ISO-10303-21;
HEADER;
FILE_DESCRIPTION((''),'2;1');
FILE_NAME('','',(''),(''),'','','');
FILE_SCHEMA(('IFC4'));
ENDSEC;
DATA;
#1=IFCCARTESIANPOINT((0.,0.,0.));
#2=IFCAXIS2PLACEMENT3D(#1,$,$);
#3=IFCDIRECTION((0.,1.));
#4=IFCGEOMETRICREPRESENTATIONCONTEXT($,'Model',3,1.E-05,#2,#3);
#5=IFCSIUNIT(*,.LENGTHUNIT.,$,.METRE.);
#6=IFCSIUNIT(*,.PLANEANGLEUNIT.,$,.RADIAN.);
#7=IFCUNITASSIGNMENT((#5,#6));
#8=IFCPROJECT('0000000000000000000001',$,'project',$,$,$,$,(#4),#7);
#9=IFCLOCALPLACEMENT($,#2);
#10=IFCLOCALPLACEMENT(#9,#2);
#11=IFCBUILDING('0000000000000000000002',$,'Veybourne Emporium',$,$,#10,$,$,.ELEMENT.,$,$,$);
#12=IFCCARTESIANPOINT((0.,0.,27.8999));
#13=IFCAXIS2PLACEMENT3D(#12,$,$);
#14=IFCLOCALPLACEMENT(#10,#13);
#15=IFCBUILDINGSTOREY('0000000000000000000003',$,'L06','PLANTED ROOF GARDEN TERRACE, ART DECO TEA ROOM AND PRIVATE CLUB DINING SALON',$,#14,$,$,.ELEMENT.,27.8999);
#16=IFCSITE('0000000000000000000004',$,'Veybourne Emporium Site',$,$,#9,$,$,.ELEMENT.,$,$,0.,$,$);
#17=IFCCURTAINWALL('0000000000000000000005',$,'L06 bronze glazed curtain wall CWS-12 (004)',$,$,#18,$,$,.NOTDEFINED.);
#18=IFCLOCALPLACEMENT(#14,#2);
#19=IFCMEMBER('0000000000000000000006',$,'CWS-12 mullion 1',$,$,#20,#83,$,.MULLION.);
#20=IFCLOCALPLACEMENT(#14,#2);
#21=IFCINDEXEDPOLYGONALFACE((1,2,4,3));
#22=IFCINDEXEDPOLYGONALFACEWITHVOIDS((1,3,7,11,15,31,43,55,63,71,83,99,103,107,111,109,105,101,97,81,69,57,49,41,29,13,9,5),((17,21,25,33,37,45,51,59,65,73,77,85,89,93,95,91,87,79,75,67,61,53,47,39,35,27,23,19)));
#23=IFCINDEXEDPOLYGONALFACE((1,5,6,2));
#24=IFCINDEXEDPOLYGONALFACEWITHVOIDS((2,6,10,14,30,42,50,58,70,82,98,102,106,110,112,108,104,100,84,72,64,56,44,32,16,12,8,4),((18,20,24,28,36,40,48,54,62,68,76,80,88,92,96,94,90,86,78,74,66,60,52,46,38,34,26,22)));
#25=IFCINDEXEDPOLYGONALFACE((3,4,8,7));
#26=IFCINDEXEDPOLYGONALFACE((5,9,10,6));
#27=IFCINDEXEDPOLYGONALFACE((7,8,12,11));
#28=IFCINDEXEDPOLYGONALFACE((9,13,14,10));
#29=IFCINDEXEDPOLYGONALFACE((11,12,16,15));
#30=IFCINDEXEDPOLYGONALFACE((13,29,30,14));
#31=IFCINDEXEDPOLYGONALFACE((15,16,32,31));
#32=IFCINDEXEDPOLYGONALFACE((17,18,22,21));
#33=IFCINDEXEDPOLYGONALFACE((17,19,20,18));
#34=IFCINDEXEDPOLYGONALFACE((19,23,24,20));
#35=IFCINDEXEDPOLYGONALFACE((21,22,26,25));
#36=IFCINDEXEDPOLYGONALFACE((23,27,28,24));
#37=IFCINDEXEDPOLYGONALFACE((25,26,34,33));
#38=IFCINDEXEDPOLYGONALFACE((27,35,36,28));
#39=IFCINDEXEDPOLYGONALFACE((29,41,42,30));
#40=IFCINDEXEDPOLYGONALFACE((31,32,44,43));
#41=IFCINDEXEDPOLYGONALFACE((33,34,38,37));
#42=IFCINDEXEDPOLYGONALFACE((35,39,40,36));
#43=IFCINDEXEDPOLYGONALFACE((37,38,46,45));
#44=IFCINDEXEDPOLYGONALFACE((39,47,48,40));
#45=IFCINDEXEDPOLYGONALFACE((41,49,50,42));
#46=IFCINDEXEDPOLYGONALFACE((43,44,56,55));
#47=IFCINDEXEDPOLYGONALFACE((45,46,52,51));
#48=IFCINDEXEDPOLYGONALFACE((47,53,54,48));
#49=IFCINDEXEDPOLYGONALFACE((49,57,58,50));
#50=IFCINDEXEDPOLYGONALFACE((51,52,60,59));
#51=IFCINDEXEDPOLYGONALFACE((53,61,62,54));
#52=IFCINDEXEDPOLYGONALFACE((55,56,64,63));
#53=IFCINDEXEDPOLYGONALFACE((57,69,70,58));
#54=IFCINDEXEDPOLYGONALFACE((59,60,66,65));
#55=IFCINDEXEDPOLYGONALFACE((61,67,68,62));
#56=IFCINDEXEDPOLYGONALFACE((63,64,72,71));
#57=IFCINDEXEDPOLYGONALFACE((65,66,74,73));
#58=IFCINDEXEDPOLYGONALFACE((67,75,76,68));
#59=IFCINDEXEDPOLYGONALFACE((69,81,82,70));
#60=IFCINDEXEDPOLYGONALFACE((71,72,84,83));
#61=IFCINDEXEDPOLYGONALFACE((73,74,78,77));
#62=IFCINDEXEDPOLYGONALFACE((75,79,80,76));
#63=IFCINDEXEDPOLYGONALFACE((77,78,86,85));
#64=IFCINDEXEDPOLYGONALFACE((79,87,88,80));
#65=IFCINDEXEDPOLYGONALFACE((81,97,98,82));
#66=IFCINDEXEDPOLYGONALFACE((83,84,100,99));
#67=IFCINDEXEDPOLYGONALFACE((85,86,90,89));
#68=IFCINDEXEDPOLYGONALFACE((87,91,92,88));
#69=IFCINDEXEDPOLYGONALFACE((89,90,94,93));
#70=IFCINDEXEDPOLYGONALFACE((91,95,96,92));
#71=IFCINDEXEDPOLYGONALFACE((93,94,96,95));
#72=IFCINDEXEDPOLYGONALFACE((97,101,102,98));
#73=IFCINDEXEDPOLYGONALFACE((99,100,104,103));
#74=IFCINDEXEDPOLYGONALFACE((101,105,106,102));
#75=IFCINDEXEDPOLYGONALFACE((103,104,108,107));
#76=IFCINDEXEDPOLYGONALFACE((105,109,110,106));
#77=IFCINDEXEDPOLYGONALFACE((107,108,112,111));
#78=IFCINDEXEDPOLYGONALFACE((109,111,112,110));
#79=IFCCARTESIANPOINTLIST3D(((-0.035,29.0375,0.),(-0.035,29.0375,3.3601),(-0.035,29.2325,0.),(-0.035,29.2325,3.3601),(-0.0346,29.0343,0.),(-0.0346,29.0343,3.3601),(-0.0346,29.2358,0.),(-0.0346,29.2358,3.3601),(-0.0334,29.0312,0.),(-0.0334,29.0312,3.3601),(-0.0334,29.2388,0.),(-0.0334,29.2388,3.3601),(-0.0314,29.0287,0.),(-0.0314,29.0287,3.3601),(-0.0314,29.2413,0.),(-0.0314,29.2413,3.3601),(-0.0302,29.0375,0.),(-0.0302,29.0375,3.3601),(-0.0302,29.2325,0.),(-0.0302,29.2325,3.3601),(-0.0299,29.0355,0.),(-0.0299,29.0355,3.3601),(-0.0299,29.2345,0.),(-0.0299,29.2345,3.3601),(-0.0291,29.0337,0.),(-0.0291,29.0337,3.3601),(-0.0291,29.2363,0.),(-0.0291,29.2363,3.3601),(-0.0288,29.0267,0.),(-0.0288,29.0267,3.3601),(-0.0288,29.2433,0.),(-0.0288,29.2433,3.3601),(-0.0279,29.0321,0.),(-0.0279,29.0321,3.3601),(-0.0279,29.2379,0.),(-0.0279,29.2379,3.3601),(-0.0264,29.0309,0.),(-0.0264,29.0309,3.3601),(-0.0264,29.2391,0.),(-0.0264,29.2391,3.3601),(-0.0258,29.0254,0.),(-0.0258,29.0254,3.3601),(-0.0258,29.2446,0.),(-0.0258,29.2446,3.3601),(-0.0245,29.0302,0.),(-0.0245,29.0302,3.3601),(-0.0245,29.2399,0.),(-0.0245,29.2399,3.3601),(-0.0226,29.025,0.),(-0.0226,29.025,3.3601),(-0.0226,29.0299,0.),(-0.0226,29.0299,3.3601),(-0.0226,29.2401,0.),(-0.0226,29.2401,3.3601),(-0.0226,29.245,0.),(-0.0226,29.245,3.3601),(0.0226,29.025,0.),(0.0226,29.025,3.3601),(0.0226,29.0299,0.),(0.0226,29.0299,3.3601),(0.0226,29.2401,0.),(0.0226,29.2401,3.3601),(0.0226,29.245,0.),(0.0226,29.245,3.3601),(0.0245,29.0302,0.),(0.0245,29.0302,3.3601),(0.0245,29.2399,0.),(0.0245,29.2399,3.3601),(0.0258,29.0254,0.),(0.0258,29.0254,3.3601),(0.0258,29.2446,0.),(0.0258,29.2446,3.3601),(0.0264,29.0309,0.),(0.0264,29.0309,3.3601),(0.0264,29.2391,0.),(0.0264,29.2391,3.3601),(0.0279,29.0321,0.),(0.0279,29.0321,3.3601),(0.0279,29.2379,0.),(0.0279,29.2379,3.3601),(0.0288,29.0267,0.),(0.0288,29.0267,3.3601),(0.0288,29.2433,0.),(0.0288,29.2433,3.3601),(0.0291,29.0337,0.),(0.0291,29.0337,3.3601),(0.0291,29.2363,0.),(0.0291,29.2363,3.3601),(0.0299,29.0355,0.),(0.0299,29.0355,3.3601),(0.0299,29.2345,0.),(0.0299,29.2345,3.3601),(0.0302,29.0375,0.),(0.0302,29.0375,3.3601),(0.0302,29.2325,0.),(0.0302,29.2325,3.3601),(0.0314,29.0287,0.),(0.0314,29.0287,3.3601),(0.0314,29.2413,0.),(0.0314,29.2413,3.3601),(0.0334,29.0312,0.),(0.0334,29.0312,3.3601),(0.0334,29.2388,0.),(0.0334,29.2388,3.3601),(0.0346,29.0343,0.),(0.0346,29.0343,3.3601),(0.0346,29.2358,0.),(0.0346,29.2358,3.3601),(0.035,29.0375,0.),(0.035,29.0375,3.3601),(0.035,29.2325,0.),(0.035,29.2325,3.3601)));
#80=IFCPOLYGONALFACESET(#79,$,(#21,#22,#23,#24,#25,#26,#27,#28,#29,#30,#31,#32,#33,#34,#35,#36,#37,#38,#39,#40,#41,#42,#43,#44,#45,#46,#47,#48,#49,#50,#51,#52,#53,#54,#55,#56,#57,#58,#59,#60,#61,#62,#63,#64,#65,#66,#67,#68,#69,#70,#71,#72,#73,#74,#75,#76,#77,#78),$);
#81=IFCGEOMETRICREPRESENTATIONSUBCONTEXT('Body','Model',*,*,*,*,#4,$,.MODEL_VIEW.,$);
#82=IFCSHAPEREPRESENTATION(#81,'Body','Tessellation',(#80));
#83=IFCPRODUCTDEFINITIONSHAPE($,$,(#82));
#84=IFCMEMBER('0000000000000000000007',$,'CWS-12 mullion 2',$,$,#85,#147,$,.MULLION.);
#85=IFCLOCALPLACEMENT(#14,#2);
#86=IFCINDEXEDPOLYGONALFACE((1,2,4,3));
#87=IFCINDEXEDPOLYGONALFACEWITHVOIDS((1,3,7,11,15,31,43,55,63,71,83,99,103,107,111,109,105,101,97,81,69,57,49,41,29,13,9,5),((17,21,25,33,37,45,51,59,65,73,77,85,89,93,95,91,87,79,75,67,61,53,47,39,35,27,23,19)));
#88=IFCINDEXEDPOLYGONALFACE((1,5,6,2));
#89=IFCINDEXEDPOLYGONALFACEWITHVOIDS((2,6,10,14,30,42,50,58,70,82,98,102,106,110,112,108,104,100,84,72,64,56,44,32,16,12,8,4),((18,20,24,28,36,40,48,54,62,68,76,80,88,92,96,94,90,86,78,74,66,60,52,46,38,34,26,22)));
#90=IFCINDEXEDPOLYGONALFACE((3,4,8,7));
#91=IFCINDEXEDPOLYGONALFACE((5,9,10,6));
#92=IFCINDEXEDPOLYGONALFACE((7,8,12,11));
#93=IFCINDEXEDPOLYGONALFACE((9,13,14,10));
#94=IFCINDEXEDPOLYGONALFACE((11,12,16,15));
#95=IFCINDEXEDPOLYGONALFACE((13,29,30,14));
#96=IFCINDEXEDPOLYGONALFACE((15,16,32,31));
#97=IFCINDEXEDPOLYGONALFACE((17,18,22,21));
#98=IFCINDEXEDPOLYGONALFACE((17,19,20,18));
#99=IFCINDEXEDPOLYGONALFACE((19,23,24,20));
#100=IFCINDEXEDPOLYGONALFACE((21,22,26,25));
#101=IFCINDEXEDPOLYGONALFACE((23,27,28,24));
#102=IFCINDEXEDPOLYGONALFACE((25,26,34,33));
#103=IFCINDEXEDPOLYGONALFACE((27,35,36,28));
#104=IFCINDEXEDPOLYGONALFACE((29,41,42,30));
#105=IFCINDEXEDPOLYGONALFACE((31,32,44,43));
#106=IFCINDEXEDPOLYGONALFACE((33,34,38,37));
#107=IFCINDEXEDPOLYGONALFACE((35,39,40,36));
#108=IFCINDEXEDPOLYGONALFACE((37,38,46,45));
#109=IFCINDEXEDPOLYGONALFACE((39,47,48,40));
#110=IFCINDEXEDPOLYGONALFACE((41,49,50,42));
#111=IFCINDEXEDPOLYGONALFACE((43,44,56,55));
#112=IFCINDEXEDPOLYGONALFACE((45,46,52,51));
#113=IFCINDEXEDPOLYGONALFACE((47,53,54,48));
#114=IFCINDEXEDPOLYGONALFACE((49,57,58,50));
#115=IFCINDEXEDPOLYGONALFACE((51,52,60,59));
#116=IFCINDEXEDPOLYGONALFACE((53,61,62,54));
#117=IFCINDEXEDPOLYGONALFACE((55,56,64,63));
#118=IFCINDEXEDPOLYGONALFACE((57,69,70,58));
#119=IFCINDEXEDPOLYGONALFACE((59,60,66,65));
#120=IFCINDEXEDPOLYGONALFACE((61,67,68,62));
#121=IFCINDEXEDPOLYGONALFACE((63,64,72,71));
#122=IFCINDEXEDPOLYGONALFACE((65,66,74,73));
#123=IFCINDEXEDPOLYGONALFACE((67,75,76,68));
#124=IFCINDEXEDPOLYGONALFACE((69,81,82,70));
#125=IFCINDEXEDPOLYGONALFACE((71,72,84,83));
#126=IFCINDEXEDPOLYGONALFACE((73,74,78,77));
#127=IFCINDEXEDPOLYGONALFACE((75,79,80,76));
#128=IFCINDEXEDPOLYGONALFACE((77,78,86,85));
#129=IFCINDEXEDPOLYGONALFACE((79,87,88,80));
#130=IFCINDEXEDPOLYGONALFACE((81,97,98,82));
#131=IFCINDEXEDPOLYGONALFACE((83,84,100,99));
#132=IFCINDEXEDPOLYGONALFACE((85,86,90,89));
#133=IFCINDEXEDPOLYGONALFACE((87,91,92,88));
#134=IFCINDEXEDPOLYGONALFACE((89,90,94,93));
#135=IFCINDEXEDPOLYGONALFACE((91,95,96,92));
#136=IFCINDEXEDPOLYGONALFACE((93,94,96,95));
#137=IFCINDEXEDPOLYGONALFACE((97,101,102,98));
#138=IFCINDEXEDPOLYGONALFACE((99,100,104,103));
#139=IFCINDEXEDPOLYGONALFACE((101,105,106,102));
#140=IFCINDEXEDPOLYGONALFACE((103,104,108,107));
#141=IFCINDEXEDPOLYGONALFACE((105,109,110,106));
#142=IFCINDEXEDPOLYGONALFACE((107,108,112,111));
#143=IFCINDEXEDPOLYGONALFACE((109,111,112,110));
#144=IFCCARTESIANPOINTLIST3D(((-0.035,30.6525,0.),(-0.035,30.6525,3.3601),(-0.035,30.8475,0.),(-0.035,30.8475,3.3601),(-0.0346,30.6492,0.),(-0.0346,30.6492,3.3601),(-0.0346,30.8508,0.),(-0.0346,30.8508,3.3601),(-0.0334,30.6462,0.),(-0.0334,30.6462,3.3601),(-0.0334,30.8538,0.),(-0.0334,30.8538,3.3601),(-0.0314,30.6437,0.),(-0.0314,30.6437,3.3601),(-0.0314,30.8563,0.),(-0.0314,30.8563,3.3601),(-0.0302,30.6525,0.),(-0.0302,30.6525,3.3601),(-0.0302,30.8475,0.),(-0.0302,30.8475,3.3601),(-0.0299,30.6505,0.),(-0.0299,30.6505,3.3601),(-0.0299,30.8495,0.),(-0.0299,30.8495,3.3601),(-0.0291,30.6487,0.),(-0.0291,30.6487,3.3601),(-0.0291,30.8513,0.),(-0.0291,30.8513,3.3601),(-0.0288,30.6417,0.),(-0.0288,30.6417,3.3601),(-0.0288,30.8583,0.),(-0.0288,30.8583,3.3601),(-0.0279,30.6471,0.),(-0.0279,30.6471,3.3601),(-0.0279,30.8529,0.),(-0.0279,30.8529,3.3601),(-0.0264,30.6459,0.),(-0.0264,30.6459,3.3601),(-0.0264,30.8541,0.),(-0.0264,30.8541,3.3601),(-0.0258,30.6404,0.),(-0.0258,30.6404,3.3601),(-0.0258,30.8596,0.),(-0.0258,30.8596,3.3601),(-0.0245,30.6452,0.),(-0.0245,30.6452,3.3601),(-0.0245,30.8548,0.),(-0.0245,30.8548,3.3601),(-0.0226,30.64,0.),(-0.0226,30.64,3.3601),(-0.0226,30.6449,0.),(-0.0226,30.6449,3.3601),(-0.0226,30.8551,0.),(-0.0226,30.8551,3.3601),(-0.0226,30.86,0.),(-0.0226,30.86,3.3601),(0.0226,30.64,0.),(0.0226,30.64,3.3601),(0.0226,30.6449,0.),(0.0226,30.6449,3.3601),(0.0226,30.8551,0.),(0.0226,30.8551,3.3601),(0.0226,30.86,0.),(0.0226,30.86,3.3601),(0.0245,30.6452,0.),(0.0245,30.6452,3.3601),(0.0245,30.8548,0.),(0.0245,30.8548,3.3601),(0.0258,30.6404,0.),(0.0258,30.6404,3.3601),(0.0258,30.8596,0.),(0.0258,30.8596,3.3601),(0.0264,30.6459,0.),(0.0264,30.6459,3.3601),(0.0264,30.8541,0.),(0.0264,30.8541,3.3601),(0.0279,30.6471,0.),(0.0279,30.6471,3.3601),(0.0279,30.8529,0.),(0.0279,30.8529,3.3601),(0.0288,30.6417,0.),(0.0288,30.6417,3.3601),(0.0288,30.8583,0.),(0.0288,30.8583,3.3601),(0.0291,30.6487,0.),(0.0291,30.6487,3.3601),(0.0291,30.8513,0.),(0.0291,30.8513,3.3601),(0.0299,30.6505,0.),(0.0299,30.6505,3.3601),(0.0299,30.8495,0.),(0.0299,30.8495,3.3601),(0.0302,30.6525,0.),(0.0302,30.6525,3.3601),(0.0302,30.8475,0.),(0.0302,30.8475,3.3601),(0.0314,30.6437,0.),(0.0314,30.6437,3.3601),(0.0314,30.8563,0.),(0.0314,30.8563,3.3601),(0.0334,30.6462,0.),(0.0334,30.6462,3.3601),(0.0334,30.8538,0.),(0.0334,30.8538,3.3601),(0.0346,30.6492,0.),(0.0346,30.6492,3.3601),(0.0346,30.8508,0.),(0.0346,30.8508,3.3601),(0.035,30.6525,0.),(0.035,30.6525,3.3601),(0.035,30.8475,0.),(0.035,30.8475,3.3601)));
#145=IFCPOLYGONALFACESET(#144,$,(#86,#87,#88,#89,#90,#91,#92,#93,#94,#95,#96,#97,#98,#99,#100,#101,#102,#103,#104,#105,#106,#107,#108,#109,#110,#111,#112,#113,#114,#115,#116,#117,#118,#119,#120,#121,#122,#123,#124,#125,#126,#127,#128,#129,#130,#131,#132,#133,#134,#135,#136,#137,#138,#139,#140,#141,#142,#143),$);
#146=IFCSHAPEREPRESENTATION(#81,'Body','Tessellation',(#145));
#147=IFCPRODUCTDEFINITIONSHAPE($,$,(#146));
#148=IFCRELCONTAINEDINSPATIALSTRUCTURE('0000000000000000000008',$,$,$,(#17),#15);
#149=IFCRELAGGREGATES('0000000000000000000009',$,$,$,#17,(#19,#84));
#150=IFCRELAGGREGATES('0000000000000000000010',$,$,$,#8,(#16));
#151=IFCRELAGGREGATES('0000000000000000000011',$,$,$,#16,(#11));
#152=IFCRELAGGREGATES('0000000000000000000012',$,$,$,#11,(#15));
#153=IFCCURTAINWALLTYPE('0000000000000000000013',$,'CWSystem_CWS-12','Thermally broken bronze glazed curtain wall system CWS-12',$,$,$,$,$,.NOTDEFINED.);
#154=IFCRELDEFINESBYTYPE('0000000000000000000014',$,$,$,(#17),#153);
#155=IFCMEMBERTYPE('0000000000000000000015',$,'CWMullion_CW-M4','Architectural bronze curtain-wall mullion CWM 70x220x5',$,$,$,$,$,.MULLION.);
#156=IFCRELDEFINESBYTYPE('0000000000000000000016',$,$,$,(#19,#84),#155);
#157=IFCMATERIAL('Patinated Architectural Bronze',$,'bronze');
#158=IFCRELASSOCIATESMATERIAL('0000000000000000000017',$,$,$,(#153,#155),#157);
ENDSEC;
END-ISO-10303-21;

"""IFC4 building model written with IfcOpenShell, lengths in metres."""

from ifc_helpers import new_model, si_unit, direction, frame, origin, origin_2d, place, context, subcontext, project, spatial, hollow_rectangle, extrude, material, material_profile, profile_set, type_object, element, aggregate, save


model = new_model("IFC4")

# Units and contexts
model_context = context("Model", 3, precision=1e-05, world=origin(), true_north=direction((0.0, 1.0)))
body_context = subcontext(model_context, "Body", "Model", "MODEL_VIEW")
ifc_project = project(units=[si_unit("LENGTHUNIT", "METRE"), si_unit("PLANEANGLEUNIT", "RADIAN")], contexts=[model_context])

# Site, building, storey
site_placement = place(None, origin())
site = spatial("IfcSite", under=ifc_project, at=site_placement, Name="Veybourne Emporium Site", CompositionType="ELEMENT", RefElevation=0.0)
building_placement = place(site_placement, origin())
building = spatial("IfcBuilding", under=site, at=building_placement, Name="Veybourne Emporium", CompositionType="ELEMENT")
storey_placement = place(building_placement, frame((0.0, 0.0, 27.8999)))
storey = spatial("IfcBuildingStorey", under=building, at=storey_placement, Name="L06", Description="PLANTED ROOF GARDEN TERRACE, ART DECO TEA ROOM AND PRIVATE CLUB DINING SALON", CompositionType="ELEMENT", Elevation=27.8999)

# Curtain wall, members
ifc_material_1 = material(Name="Patinated Architectural Bronze", Category="bronze")
curtain_wall_type = type_object("IfcCurtainWallType", Name="CWSystem_CWS-12", Description="Thermally broken bronze glazed curtain wall system CWS-12", PredefinedType="NOTDEFINED", material=ifc_material_1)
curtain_wall_placement = place(storey_placement, origin())
curtain_wall = element("IfcCurtainWall", 1, at=curtain_wall_placement, inside=storey, type_object=curtain_wall_type, Name="L06 bronze glazed curtain wall CWS-12 (004)", PredefinedType="NOTDEFINED")
ifc_material_profile_1 = material_profile(ifc_material_1, hollow_rectangle(XDim=0.0701, YDim=0.22, WallThickness=0.0049, InnerFilletRadius=0.0076, OuterFilletRadius=0.0125, at=origin_2d()), Name="CWM 70x220x5")
ifc_profile_set_1 = profile_set([ifc_material_profile_1], Name="Patinated Architectural Bronze")
member_type_1 = type_object("IfcMemberType", Name="CWMullion_CW-M4", Description="Architectural bronze curtain-wall mullion CWM 70x220x5", PredefinedType="MULLION", material=ifc_profile_set_1)
member_1_placement = place(storey_placement, frame((0.0, 29.135, 0.0), z_axis=(0.0, 0.0, 1.0), x_axis=(-1.0, 0.0, 0.0)))
member_1 = element("IfcMember", 2, at=member_1_placement, type_object=member_type_1, Name="CWS-12 mullion 1", PredefinedType="MULLION", context=body_context, shape_type="SweptSolid", body=[
    extrude(hollow_rectangle(XDim=0.0701, YDim=0.22, WallThickness=0.0049, InnerFilletRadius=0.0076, OuterFilletRadius=0.0125, at=origin_2d()), origin(), (0.0, 0.0, 1.0), 3.3601),
])
member_2_placement = place(storey_placement, frame((0.0, 30.75, 0.0), z_axis=(0.0, 0.0, 1.0), x_axis=(-1.0, 0.0, 0.0)))
member_2 = element("IfcMember", 3, at=member_2_placement, type_object=member_type_1, Name="CWS-12 mullion 2", PredefinedType="MULLION", context=body_context, shape_type="SweptSolid", body=[
    extrude(hollow_rectangle(XDim=0.0701, YDim=0.22, WallThickness=0.0049, InnerFilletRadius=0.0076, OuterFilletRadius=0.0125, at=origin_2d()), origin(), (0.0, 0.0, 1.0), 3.3601),
])

aggregate(curtain_wall, [member_1, member_2])

save(model, "model.ifc")
